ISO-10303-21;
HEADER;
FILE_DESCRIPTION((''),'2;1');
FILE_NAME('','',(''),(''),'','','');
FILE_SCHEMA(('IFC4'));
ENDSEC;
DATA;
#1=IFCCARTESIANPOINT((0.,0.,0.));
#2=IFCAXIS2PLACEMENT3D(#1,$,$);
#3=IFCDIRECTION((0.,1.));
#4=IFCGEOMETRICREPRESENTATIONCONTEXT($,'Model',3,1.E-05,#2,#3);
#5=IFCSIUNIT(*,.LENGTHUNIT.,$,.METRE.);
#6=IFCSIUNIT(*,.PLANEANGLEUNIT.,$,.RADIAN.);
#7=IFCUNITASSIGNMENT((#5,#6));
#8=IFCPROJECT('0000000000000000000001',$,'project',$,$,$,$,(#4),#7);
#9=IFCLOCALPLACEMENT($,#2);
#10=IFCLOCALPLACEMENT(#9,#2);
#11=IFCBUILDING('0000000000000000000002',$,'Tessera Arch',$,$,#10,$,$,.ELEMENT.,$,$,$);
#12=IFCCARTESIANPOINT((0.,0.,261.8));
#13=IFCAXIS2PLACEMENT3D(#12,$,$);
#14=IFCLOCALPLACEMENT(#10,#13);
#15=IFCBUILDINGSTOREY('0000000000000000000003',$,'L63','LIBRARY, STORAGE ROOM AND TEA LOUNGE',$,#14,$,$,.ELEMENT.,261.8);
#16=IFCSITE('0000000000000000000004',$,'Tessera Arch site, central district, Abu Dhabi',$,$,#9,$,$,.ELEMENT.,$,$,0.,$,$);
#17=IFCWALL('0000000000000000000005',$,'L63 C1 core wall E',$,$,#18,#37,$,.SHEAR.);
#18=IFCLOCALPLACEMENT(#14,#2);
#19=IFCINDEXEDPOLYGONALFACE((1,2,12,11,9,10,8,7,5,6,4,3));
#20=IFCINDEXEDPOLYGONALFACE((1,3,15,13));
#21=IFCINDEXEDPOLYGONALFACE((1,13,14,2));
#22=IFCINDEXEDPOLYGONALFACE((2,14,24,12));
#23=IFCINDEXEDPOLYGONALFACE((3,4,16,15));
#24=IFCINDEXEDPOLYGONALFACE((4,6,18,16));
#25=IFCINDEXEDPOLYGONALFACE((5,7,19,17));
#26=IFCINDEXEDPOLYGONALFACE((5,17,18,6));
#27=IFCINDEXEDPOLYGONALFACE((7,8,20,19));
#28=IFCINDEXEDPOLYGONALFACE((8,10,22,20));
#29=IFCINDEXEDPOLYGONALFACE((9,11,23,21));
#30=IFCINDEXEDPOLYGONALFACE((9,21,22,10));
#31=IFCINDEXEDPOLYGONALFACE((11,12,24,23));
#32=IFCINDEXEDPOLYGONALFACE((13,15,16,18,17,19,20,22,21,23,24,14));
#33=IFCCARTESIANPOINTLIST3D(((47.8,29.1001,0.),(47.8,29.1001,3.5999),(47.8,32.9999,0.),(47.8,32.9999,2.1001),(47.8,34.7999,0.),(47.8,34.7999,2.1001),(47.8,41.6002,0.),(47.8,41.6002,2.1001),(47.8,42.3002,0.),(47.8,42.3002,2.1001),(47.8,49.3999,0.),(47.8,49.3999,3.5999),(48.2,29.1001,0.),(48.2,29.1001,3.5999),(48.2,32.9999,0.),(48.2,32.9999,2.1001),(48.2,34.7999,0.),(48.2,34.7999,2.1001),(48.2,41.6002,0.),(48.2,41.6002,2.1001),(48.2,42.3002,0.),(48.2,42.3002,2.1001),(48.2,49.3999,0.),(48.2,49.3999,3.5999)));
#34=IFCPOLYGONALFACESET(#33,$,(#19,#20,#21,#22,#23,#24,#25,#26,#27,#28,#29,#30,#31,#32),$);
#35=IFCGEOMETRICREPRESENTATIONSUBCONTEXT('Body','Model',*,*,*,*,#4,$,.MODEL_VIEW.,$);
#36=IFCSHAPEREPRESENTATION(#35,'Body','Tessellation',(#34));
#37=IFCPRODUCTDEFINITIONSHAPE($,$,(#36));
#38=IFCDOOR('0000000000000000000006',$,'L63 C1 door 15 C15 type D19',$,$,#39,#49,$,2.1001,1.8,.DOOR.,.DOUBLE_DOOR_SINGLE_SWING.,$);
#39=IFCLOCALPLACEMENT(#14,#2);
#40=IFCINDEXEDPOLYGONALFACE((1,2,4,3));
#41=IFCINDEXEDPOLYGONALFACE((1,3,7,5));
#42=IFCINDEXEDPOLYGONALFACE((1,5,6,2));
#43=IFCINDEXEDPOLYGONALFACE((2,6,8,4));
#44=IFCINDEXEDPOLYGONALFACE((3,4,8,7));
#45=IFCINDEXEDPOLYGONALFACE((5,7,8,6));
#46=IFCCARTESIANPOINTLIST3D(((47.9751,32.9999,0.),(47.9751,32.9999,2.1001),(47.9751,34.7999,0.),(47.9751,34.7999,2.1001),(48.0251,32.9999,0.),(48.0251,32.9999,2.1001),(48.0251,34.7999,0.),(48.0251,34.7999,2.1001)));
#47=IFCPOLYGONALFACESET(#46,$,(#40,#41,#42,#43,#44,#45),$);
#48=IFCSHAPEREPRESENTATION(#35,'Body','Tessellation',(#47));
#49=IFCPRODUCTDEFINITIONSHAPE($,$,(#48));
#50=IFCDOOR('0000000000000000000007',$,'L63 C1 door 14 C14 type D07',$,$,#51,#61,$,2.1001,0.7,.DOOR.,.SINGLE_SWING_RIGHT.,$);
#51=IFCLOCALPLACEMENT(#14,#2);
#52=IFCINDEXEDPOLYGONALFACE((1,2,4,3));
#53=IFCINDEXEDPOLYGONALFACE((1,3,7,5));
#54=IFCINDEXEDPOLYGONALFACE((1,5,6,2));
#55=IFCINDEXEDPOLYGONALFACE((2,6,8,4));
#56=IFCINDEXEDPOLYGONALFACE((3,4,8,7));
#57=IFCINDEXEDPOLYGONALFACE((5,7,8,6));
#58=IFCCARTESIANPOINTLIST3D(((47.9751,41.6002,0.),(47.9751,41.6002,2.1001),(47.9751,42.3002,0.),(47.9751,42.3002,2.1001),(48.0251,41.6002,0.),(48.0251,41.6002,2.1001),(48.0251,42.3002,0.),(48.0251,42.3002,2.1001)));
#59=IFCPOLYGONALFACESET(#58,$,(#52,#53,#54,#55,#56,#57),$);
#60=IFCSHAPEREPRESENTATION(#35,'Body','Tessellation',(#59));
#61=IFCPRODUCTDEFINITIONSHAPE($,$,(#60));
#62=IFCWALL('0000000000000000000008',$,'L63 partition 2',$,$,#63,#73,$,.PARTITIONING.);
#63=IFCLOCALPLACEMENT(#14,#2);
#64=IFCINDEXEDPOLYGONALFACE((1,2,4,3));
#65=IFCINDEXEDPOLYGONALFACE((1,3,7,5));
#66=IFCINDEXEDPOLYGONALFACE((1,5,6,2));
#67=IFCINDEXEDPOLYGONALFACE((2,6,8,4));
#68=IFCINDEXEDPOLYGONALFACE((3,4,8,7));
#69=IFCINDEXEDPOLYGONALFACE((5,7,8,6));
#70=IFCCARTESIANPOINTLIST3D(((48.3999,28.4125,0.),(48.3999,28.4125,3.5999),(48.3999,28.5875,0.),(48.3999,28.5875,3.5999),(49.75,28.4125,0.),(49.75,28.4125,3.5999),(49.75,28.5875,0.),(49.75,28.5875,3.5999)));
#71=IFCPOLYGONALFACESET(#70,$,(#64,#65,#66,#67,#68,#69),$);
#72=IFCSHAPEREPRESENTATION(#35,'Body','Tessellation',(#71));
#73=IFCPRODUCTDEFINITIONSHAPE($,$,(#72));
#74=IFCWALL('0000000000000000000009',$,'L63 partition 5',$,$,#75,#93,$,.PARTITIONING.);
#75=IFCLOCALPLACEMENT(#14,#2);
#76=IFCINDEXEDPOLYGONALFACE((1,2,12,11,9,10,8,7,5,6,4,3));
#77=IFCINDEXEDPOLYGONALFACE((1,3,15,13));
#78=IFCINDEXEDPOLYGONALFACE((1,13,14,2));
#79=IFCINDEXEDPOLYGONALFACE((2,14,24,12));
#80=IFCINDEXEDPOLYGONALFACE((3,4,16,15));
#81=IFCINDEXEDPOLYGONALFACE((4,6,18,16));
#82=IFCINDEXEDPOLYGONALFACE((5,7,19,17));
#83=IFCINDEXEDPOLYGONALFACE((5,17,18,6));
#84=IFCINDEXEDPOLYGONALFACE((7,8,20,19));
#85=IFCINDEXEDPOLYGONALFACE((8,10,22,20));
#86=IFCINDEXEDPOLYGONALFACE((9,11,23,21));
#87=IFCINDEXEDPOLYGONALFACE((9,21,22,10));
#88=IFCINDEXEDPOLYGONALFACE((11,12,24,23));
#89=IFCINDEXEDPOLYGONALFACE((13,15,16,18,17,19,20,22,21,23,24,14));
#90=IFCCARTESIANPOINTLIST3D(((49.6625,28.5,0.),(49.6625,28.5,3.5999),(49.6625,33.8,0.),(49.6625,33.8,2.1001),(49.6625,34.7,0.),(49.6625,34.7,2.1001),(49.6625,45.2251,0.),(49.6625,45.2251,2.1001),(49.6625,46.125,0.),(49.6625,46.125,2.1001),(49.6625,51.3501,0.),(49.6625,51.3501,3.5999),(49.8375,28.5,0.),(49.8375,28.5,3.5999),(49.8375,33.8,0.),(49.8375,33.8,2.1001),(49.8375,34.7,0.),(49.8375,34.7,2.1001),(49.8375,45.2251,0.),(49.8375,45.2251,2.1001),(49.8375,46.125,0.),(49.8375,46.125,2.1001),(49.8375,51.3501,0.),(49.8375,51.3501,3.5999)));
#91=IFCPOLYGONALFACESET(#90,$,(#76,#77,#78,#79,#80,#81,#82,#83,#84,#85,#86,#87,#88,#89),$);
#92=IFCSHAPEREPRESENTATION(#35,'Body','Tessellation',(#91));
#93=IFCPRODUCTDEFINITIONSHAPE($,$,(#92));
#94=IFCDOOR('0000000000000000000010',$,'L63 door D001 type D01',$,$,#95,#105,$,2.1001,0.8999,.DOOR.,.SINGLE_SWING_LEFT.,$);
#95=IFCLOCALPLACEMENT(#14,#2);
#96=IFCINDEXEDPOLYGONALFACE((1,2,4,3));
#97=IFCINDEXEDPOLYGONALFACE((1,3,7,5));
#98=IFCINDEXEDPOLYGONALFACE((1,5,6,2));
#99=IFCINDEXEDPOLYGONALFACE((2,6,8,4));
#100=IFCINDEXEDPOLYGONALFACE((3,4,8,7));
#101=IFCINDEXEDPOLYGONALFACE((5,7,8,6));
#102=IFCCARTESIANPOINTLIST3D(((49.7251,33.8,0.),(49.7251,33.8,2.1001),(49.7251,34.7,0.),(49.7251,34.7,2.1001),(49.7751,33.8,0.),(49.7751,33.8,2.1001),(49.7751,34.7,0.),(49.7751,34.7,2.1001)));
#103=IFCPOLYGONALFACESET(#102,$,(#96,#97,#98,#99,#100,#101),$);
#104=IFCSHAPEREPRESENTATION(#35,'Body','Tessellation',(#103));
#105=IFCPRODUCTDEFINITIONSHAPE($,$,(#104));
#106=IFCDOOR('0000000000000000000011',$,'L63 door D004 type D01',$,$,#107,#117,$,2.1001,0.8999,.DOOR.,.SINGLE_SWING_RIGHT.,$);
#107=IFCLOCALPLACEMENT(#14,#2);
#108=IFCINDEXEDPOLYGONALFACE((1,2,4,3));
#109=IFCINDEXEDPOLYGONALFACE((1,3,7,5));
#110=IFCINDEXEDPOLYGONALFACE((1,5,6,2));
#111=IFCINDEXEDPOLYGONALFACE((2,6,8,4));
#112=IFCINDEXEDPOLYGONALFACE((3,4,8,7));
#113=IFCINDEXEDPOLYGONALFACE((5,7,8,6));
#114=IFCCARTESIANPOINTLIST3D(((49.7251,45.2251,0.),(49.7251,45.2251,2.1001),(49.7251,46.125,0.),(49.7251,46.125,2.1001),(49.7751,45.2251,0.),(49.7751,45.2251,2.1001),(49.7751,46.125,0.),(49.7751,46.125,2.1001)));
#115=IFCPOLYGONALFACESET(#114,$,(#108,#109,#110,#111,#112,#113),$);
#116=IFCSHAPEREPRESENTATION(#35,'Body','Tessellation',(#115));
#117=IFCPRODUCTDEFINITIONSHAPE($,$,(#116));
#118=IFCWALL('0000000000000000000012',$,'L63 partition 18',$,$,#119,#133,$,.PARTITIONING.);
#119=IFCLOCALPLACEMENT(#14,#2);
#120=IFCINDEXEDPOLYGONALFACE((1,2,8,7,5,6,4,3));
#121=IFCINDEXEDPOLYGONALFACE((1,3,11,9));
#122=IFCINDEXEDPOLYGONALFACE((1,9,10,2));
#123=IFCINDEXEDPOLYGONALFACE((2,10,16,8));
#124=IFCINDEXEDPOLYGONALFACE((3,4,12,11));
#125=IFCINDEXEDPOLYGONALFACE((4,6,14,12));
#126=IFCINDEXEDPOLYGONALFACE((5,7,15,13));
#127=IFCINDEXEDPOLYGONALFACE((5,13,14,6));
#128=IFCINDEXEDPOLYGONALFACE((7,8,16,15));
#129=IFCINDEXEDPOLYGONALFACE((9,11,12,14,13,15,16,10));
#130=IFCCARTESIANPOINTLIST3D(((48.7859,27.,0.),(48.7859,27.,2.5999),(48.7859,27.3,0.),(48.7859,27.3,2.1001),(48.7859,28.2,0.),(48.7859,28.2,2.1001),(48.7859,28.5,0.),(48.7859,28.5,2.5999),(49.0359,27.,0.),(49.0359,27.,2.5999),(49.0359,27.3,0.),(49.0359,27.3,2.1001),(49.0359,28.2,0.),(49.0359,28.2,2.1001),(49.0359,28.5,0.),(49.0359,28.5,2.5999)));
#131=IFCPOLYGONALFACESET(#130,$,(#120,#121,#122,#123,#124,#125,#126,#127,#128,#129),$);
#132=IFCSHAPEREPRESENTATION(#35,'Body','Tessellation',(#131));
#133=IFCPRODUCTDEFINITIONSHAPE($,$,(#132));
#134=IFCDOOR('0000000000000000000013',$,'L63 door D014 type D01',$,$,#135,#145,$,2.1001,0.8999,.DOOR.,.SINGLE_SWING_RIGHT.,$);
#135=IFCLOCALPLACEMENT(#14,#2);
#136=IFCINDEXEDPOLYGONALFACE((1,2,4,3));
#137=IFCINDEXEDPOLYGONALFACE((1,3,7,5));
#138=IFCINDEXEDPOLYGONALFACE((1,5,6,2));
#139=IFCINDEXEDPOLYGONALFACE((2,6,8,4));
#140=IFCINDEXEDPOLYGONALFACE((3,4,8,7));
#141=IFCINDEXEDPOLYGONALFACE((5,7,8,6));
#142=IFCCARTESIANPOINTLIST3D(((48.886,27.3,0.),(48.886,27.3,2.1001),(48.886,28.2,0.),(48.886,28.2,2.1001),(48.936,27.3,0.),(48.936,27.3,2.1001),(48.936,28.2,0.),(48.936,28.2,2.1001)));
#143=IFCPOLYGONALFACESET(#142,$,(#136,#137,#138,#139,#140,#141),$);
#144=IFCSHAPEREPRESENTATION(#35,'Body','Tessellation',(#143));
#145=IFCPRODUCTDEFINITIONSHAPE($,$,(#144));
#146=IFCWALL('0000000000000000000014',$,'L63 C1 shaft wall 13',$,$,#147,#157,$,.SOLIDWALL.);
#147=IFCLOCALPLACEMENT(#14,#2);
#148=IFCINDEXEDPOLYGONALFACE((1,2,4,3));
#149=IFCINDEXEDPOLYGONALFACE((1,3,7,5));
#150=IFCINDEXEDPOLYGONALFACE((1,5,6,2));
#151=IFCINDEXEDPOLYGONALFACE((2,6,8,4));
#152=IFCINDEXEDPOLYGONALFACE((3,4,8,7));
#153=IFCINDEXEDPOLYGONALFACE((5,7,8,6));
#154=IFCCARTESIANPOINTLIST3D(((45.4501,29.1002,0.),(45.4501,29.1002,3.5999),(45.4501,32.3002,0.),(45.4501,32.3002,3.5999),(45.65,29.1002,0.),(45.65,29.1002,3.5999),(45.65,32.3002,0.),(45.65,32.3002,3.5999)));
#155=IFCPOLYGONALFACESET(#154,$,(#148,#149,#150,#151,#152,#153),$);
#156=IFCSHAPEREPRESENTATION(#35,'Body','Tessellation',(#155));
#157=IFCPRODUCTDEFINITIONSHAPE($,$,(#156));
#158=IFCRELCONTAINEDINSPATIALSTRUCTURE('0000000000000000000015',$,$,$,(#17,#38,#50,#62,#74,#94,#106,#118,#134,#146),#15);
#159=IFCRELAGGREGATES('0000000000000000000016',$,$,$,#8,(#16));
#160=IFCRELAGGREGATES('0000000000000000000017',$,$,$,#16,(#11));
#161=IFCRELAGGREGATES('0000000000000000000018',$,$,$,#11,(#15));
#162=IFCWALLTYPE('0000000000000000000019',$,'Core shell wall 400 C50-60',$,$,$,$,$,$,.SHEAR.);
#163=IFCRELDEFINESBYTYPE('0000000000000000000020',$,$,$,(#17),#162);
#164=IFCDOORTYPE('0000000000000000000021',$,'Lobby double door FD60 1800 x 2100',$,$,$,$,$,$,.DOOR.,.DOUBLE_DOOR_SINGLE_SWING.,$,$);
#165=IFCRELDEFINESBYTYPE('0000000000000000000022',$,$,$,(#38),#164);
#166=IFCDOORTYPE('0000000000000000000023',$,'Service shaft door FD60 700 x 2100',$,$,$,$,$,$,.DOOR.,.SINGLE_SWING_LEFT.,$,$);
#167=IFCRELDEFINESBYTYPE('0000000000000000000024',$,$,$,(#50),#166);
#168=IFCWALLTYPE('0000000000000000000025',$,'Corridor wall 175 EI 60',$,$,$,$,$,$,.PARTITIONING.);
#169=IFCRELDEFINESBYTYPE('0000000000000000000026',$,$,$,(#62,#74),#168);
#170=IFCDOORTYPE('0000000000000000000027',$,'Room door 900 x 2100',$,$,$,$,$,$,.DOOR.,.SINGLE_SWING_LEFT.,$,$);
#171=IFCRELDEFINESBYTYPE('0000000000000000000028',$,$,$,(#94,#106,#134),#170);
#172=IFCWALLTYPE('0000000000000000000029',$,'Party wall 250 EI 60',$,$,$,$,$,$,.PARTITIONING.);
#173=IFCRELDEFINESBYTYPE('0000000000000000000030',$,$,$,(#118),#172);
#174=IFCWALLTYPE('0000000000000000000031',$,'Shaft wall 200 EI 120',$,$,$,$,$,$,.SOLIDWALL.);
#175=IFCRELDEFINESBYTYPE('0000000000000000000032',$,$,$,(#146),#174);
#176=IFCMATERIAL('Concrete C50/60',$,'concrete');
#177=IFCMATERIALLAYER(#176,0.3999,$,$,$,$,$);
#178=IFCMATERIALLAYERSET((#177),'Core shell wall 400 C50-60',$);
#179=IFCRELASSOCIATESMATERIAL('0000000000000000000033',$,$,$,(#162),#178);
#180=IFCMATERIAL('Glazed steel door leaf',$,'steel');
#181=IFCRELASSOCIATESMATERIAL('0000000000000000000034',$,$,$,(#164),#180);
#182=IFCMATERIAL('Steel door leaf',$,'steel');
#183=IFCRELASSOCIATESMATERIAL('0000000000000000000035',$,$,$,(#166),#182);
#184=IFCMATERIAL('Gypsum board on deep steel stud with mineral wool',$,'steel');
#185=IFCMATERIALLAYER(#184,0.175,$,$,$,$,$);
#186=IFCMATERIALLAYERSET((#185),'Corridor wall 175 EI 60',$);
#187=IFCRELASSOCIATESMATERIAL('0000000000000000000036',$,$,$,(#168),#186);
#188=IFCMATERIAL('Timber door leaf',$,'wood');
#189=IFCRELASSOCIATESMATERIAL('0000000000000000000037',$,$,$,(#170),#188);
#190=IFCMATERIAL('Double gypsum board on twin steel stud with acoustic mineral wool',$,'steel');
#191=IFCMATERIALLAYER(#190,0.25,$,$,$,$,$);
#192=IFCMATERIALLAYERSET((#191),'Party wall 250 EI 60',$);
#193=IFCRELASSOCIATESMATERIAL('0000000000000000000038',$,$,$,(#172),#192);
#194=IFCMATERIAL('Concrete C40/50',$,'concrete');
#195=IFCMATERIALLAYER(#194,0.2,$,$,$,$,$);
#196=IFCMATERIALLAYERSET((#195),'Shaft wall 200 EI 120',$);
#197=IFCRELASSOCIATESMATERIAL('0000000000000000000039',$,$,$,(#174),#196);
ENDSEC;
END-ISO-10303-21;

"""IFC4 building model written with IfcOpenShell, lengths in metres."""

from ifc_helpers import new_model, si_unit, direction, frame, frame_2d, origin, place, context, subcontext, project, spatial, rectangle, extrude, material, layer, layer_set, type_object, element, fill, save


model = new_model("IFC4")

# Units and contexts
model_context = context("Model", 3, precision=1e-05, world=origin(), true_north=direction((0.0, 1.0)))
body_context = subcontext(model_context, "Body", "Model", "MODEL_VIEW")
ifc_project = project(units=[si_unit("LENGTHUNIT", "METRE"), si_unit("PLANEANGLEUNIT", "RADIAN")], contexts=[model_context])

# Site, building, storey
site_placement = place(None, origin())
site = spatial("IfcSite", under=ifc_project, at=site_placement, Name="Tessera Arch site, central district, Abu Dhabi", CompositionType="ELEMENT", RefElevation=0.0)
building_placement = place(site_placement, origin())
building = spatial("IfcBuilding", under=site, at=building_placement, Name="Tessera Arch", CompositionType="ELEMENT")
storey_placement = place(building_placement, frame((0.0, 0.0, 261.8)))
storey = spatial("IfcBuildingStorey", under=building, at=storey_placement, Name="L63", Description="LIBRARY, STORAGE ROOM AND TEA LOUNGE", CompositionType="ELEMENT", Elevation=261.8)

# Wall, openings, doors
ifc_material_1 = material(Name="Concrete C50/60", Category="concrete")
ifc_layer_1 = layer(ifc_material_1, 0.3999)
ifc_layer_set_1 = layer_set([ifc_layer_1], Name="Core shell wall 400 C50-60")
wall_type_1 = type_object("IfcWallType", Name="Core shell wall 400 C50-60", PredefinedType="SHEAR", material=ifc_layer_set_1)
wall_1_placement = place(storey_placement, frame((48.0, 29.1001, 0.0), z_axis=(0.0, 0.0, 1.0), x_axis=(0.0, 1.0, 0.0)))
wall_1 = element("IfcWall", 1, at=wall_1_placement, inside=storey, type_object=wall_type_1, Name="L63 C1 core wall E", PredefinedType="SHEAR", context=body_context, shape_type="SweptSolid", body=[
    extrude(rectangle(XDim=20.2998, YDim=0.3999, at=frame_2d((10.1499, 0.0))), origin(), (0.0, 0.0, 1.0), 3.5999),
])
opening_1_placement = place(wall_1_placement, frame((12.5, 0.0, 0.0)))
opening_1 = element("IfcOpeningElement", 2, at=opening_1_placement, cuts=wall_1, PredefinedType="OPENING", context=body_context, shape_type="SweptSolid", body=[
    extrude(rectangle(XDim=0.7, YDim=2.1001, at=frame_2d((0.3501, 1.05))), frame((0.0, 0.21, 0.0), z_axis=(0.0, -1.0, 0.0), x_axis=(1.0, 0.0, 0.0)), (0.0, 0.0, 1.0), 0.4199),
])
opening_2_placement = place(wall_1_placement, frame((3.8999, 0.0, 0.0)))
opening_2 = element("IfcOpeningElement", 3, at=opening_2_placement, cuts=wall_1, PredefinedType="OPENING", context=body_context, shape_type="SweptSolid", body=[
    extrude(rectangle(XDim=1.8, YDim=2.1001, at=frame_2d((0.8999, 1.05))), frame((0.0, 0.21, 0.0), z_axis=(0.0, -1.0, 0.0), x_axis=(1.0, 0.0, 0.0)), (0.0, 0.0, 1.0), 0.4199),
])
ifc_material_2 = material(Name="Glazed steel door leaf", Category="steel")
door_type_1 = type_object("IfcDoorType", Name="Lobby double door FD60 1800 x 2100", OperationType="DOUBLE_DOOR_SINGLE_SWING", PredefinedType="DOOR", material=ifc_material_2)
door_1_placement = place(opening_2_placement, origin())
door_1 = element("IfcDoor", 4, at=door_1_placement, inside=storey, type_object=door_type_1, Name="L63 C1 door 15 C15 type D19", OperationType="DOUBLE_DOOR_SINGLE_SWING", OverallHeight=2.1001, OverallWidth=1.8, PredefinedType="DOOR", context=body_context, shape_type="SweptSolid", body=[
    extrude(rectangle(XDim=1.8, YDim=2.1001, at=frame_2d((0.8999, 1.05))), frame((0.0, 0.0249, 0.0), z_axis=(0.0, -1.0, 0.0), x_axis=(1.0, 0.0, 0.0)), (0.0, 0.0, 1.0), 0.05),
])
fill(opening_2, door_1)
ifc_material_3 = material(Name="Steel door leaf", Category="steel")
door_type_2 = type_object("IfcDoorType", Name="Service shaft door FD60 700 x 2100", OperationType="SINGLE_SWING_LEFT", PredefinedType="DOOR", material=ifc_material_3)
door_2_placement = place(opening_1_placement, origin())
door_2 = element("IfcDoor", 5, at=door_2_placement, inside=storey, type_object=door_type_2, Name="L63 C1 door 14 C14 type D07", OperationType="SINGLE_SWING_RIGHT", OverallHeight=2.1001, OverallWidth=0.7, PredefinedType="DOOR", context=body_context, shape_type="SweptSolid", body=[
    extrude(rectangle(XDim=0.7, YDim=2.1001, at=frame_2d((0.3501, 1.05))), frame((0.0, 0.0249, 0.0), z_axis=(0.0, -1.0, 0.0), x_axis=(1.0, 0.0, 0.0)), (0.0, 0.0, 1.0), 0.05),
])
fill(opening_1, door_2)

# Wall
ifc_material_4 = material(Name="Gypsum board on deep steel stud with mineral wool", Category="steel")
ifc_layer_2 = layer(ifc_material_4, 0.175)
ifc_layer_set_2 = layer_set([ifc_layer_2], Name="Corridor wall 175 EI 60")
wall_type_2 = type_object("IfcWallType", Name="Corridor wall 175 EI 60", PredefinedType="PARTITIONING", material=ifc_layer_set_2)
wall_2_placement = place(storey_placement, frame((48.3999, 28.5, 0.0), z_axis=(0.0, 0.0, 1.0), x_axis=(1.0, 0.0, 0.0)))
element("IfcWall", 6, at=wall_2_placement, inside=storey, type_object=wall_type_2, Name="L63 partition 2", PredefinedType="PARTITIONING", context=body_context, shape_type="SweptSolid", body=[
    extrude(rectangle(XDim=1.3501, YDim=0.175, at=frame_2d((0.675, 0.0))), origin(), (0.0, 0.0, 1.0), 3.5999),
])

# Wall, openings, doors
wall_3_placement = place(storey_placement, frame((49.75, 28.5, 0.0), z_axis=(0.0, 0.0, 1.0), x_axis=(0.0, 1.0, 0.0)))
wall_3 = element("IfcWall", 7, at=wall_3_placement, inside=storey, type_object=wall_type_2, Name="L63 partition 5", PredefinedType="PARTITIONING", context=body_context, shape_type="SweptSolid", body=[
    extrude(rectangle(XDim=22.8501, YDim=0.175, at=frame_2d((11.425, 0.0))), origin(), (0.0, 0.0, 1.0), 3.5999),
])
opening_3_placement = place(wall_3_placement, frame((5.3, 0.0, 0.0)))
opening_3 = element("IfcOpeningElement", 8, at=opening_3_placement, cuts=wall_3, PredefinedType="OPENING", context=body_context, shape_type="SweptSolid", body=[
    extrude(rectangle(XDim=0.8999, YDim=2.1001, at=frame_2d((0.45, 1.05))), frame((0.0, 0.0974, 0.0), z_axis=(0.0, -1.0, 0.0), x_axis=(1.0, 0.0, 0.0)), (0.0, 0.0, 1.0), 0.1951),
])
opening_4_placement = place(wall_3_placement, frame((16.7251, 0.0, 0.0)))
opening_4 = element("IfcOpeningElement", 9, at=opening_4_placement, cuts=wall_3, PredefinedType="OPENING", context=body_context, shape_type="SweptSolid", body=[
    extrude(rectangle(XDim=0.8999, YDim=2.1001, at=frame_2d((0.45, 1.05))), frame((0.0, 0.0974, 0.0), z_axis=(0.0, -1.0, 0.0), x_axis=(1.0, 0.0, 0.0)), (0.0, 0.0, 1.0), 0.1951),
])
ifc_material_5 = material(Name="Timber door leaf", Category="wood")
door_type_3 = type_object("IfcDoorType", Name="Room door 900 x 2100", OperationType="SINGLE_SWING_LEFT", PredefinedType="DOOR", material=ifc_material_5)
door_3_placement = place(opening_3_placement, origin())
door_3 = element("IfcDoor", 10, at=door_3_placement, inside=storey, type_object=door_type_3, Name="L63 door D001 type D01", OperationType="SINGLE_SWING_LEFT", OverallHeight=2.1001, OverallWidth=0.8999, PredefinedType="DOOR", context=body_context, shape_type="SweptSolid", body=[
    extrude(rectangle(XDim=0.8999, YDim=2.1001, at=frame_2d((0.45, 1.05))), frame((0.0, 0.0249, 0.0), z_axis=(0.0, -1.0, 0.0), x_axis=(1.0, 0.0, 0.0)), (0.0, 0.0, 1.0), 0.05),
])
fill(opening_3, door_3)
door_4_placement = place(opening_4_placement, origin())
door_4 = element("IfcDoor", 11, at=door_4_placement, inside=storey, type_object=door_type_3, Name="L63 door D004 type D01", OperationType="SINGLE_SWING_RIGHT", OverallHeight=2.1001, OverallWidth=0.8999, PredefinedType="DOOR", context=body_context, shape_type="SweptSolid", body=[
    extrude(rectangle(XDim=0.8999, YDim=2.1001, at=frame_2d((0.45, 1.05))), frame((0.0, 0.0249, 0.0), z_axis=(0.0, -1.0, 0.0), x_axis=(1.0, 0.0, 0.0)), (0.0, 0.0, 1.0), 0.05),
])
fill(opening_4, door_4)

# Wall, opening, door
ifc_material_6 = material(Name="Double gypsum board on twin steel stud with acoustic mineral wool", Category="steel")
ifc_layer_3 = layer(ifc_material_6, 0.25)
ifc_layer_set_3 = layer_set([ifc_layer_3], Name="Party wall 250 EI 60")
wall_type_3 = type_object("IfcWallType", Name="Party wall 250 EI 60", PredefinedType="PARTITIONING", material=ifc_layer_set_3)
wall_4_placement = place(storey_placement, frame((48.9109, 27.0, 0.0), z_axis=(0.0, 0.0, 1.0), x_axis=(0.0, 1.0, 0.0)))
wall_4 = element("IfcWall", 12, at=wall_4_placement, inside=storey, type_object=wall_type_3, Name="L63 partition 18", PredefinedType="PARTITIONING", context=body_context, shape_type="SweptSolid", body=[
    extrude(rectangle(XDim=1.5, YDim=0.25, at=frame_2d((0.75, 0.0))), origin(), (0.0, 0.0, 1.0), 2.5999),
])
opening_5_placement = place(wall_4_placement, frame((0.3, 0.0, 0.0)))
opening_5 = element("IfcOpeningElement", 13, at=opening_5_placement, cuts=wall_4, PredefinedType="OPENING", context=body_context, shape_type="SweptSolid", body=[
    extrude(rectangle(XDim=0.8999, YDim=2.1001, at=frame_2d((0.45, 1.05))), frame((0.0, 0.135, 0.0), z_axis=(0.0, -1.0, 0.0), x_axis=(1.0, 0.0, 0.0)), (0.0, 0.0, 1.0), 0.27),
])
door_5_placement = place(opening_5_placement, origin())
door_5 = element("IfcDoor", 14, at=door_5_placement, inside=storey, type_object=door_type_3, Name="L63 door D014 type D01", OperationType="SINGLE_SWING_RIGHT", OverallHeight=2.1001, OverallWidth=0.8999, PredefinedType="DOOR", context=body_context, shape_type="SweptSolid", body=[
    extrude(rectangle(XDim=0.8999, YDim=2.1001, at=frame_2d((0.45, 1.05))), frame((0.0, 0.0249, 0.0), z_axis=(0.0, -1.0, 0.0), x_axis=(1.0, 0.0, 0.0)), (0.0, 0.0, 1.0), 0.05),
])
fill(opening_5, door_5)

# Wall
ifc_material_7 = material(Name="Concrete C40/50", Category="concrete")
ifc_layer_4 = layer(ifc_material_7, 0.2)
ifc_layer_set_4 = layer_set([ifc_layer_4], Name="Shaft wall 200 EI 120")
wall_type_4 = type_object("IfcWallType", Name="Shaft wall 200 EI 120", PredefinedType="SOLIDWALL", material=ifc_layer_set_4)
for number, where, z_axis, x_axis, name in (
    (15, (45.55, 29.1001, 0.0), (0.0, 0.0, 1.0), (0.0, 1.0, 0.0), "L63 C1 shaft wall 13"),
):
    element("IfcWall", number, at=place(storey_placement, frame(where, z_axis=z_axis, x_axis=x_axis)), inside=storey, type_object=wall_type_4, Name=name, PredefinedType="SOLIDWALL", context=body_context, shape_type="SweptSolid", body=[
        extrude(rectangle(XDim=3.2, YDim=0.2, at=frame_2d((1.6001, 0.0))), origin(), (0.0, 0.0, 1.0), 3.5999),
    ])

save(model, "model.ifc")
